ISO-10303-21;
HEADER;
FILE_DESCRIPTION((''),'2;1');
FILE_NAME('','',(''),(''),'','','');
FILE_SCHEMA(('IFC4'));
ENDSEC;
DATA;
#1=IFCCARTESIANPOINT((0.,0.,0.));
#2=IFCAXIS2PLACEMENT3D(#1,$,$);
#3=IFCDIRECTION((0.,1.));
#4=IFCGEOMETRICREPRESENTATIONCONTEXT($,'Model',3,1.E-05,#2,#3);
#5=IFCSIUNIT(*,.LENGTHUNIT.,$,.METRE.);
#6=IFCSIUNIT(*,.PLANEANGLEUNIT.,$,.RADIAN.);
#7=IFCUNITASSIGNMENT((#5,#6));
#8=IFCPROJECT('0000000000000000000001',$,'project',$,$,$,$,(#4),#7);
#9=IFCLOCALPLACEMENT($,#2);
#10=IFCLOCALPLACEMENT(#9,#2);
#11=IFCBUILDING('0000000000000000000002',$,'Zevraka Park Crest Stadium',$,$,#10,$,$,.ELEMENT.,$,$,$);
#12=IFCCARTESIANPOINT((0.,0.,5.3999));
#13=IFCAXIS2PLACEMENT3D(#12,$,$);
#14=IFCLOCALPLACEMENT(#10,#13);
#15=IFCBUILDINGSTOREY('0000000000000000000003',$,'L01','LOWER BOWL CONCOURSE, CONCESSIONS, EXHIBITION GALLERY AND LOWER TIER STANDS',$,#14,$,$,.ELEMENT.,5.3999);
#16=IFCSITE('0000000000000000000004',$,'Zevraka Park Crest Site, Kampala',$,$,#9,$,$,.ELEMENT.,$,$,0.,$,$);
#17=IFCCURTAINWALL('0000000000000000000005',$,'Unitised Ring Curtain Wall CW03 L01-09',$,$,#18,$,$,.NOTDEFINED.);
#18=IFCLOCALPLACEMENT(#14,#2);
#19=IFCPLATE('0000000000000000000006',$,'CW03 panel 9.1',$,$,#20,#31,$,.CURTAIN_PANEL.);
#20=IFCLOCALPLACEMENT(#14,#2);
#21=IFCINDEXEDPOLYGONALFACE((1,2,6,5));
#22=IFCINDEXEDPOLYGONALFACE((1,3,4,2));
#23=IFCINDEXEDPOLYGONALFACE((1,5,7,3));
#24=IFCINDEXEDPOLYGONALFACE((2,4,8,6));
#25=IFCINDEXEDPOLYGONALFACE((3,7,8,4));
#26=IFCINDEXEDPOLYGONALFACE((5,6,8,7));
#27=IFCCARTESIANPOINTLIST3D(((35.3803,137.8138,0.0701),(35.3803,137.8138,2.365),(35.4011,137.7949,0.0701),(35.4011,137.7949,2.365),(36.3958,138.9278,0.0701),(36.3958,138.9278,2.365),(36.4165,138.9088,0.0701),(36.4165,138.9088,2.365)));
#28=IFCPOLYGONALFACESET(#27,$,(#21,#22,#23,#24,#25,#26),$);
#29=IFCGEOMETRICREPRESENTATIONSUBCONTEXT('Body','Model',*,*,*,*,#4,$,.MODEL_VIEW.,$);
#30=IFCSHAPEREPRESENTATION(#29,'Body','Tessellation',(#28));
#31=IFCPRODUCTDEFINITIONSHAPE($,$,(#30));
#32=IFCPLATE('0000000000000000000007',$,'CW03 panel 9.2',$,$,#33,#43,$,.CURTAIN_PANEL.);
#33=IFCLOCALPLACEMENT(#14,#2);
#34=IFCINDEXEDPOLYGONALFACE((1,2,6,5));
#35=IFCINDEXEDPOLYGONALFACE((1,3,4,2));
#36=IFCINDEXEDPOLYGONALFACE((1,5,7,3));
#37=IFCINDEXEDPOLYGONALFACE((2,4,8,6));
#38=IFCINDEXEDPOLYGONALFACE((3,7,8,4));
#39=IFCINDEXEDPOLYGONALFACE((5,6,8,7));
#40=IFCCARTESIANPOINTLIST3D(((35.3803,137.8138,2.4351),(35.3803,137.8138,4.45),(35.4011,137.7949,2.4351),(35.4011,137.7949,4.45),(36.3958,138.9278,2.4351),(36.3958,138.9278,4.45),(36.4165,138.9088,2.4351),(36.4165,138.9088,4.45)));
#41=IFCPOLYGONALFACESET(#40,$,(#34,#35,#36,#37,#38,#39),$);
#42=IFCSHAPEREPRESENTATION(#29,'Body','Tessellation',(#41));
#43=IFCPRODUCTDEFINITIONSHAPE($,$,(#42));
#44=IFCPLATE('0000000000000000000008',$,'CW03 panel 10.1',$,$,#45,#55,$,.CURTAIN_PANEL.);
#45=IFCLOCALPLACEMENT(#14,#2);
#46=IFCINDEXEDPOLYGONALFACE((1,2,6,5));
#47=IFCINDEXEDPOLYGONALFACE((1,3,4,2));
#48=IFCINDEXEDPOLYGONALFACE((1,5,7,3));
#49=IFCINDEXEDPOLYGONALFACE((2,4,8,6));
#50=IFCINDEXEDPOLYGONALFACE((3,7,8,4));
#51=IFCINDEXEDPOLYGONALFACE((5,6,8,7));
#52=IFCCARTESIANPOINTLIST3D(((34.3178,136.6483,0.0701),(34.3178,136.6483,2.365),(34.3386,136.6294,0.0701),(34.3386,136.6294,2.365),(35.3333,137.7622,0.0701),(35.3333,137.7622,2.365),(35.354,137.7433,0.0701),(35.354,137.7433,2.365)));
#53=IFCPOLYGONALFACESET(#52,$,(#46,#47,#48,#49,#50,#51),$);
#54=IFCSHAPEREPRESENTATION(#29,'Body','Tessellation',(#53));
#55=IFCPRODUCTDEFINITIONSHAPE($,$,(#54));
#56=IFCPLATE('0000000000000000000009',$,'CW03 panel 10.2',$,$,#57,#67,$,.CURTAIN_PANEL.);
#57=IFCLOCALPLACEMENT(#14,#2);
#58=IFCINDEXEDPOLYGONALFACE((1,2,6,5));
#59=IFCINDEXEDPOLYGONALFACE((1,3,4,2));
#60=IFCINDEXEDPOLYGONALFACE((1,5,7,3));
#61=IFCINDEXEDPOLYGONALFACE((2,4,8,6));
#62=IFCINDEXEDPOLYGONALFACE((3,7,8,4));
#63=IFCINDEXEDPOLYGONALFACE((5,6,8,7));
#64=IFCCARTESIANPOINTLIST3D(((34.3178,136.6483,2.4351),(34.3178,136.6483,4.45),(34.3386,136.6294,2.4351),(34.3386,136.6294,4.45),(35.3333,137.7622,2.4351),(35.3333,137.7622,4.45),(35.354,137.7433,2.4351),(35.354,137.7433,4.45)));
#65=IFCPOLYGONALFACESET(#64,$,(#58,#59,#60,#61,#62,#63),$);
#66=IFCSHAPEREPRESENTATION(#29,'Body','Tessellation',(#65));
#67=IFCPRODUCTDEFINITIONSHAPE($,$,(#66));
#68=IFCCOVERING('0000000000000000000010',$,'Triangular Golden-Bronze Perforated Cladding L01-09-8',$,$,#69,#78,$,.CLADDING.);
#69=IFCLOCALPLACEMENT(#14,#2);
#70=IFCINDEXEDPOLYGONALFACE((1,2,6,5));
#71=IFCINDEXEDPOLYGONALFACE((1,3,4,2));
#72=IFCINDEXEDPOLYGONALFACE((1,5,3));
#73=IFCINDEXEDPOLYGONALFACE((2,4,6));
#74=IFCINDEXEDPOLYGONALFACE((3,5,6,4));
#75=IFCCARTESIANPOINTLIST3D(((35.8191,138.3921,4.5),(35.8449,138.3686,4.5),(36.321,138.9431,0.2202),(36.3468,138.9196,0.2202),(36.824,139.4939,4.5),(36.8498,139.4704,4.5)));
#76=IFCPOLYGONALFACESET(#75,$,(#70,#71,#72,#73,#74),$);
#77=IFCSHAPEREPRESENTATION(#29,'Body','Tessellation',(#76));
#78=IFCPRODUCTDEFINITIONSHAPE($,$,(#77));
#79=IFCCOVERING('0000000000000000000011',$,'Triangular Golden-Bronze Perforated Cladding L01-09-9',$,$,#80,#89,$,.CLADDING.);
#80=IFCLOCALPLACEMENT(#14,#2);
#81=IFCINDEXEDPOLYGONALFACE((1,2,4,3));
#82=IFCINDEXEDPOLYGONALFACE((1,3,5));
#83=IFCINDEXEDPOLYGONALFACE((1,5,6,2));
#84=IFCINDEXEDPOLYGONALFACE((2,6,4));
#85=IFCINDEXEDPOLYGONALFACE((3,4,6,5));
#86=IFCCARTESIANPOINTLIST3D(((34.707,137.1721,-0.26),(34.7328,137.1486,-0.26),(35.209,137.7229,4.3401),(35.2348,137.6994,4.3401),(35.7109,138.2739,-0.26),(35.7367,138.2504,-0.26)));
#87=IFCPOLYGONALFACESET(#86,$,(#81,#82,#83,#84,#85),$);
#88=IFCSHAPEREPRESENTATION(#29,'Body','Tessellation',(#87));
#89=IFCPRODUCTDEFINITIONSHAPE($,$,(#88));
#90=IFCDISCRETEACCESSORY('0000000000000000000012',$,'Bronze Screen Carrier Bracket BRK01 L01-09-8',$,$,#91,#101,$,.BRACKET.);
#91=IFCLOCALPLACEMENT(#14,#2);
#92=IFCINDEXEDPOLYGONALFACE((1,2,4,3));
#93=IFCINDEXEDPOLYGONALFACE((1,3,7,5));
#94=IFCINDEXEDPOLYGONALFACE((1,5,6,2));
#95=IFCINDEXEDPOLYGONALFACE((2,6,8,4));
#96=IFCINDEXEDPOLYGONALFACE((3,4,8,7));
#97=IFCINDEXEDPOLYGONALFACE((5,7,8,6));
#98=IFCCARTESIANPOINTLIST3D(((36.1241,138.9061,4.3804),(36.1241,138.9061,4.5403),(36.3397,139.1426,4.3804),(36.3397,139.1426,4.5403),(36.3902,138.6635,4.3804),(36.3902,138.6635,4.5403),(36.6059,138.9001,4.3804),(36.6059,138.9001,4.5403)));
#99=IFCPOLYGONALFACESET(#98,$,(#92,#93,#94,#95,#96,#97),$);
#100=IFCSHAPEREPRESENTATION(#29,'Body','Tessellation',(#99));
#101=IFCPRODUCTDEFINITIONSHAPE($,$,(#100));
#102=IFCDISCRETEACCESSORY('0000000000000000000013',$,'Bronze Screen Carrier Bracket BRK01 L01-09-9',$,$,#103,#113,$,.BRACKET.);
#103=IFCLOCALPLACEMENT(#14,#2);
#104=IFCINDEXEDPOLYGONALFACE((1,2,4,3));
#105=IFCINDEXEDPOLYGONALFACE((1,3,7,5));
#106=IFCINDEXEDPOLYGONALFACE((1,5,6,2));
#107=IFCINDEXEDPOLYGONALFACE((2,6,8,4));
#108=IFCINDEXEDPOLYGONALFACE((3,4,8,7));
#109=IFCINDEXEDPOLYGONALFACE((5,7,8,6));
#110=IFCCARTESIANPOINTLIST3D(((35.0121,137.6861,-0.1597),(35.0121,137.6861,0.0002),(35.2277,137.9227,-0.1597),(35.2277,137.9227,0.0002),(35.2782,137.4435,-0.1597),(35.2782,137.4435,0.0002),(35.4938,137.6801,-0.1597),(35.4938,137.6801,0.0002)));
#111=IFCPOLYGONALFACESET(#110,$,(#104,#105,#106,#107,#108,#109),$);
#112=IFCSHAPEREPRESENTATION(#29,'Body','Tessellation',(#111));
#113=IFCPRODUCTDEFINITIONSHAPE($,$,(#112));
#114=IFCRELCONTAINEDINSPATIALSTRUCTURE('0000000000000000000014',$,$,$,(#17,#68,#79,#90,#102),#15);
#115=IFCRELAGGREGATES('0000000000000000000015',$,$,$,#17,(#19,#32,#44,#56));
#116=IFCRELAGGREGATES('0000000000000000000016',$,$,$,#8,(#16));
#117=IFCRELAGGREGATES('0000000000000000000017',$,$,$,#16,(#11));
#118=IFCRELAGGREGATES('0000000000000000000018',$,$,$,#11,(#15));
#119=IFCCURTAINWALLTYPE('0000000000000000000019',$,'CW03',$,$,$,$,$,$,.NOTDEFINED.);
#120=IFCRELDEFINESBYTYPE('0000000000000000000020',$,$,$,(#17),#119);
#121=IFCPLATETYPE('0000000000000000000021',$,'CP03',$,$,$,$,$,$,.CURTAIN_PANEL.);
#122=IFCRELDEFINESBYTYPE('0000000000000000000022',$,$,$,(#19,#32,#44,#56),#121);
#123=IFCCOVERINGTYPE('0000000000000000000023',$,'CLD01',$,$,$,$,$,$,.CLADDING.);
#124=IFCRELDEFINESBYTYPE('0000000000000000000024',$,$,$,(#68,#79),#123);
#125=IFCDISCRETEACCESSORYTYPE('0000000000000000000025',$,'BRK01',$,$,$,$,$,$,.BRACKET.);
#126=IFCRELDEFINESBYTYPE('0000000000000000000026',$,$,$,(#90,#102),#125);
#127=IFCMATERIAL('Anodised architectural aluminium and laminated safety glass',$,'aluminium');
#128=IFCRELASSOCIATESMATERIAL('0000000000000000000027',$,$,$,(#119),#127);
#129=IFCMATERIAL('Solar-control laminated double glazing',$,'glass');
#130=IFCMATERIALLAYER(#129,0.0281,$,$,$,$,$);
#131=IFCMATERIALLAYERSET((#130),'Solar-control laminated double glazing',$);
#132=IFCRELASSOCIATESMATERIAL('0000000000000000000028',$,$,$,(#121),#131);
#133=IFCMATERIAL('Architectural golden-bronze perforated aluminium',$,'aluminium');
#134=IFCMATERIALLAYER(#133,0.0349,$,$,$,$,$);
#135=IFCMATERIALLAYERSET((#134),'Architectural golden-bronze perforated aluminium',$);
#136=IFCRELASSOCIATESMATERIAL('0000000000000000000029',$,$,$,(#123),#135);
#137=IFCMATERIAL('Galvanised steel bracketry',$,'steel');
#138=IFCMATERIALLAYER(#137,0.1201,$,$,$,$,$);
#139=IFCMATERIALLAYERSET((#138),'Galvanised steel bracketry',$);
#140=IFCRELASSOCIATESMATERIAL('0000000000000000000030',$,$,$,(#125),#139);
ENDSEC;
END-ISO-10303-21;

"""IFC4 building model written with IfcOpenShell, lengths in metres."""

from ifc_helpers import new_model, si_unit, direction, frame, origin, origin_2d, place, context, subcontext, project, spatial, polyline, rectangle, outline, extrude, material, layer, layer_set, type_object, element, aggregate, save


model = new_model("IFC4")

# Units and contexts
model_context = context("Model", 3, precision=1e-05, world=origin(), true_north=direction((0.0, 1.0)))
body_context = subcontext(model_context, "Body", "Model", "MODEL_VIEW")
ifc_project = project(units=[si_unit("LENGTHUNIT", "METRE"), si_unit("PLANEANGLEUNIT", "RADIAN")], contexts=[model_context])

# Site, building, storey
site_placement = place(None, origin())
site = spatial("IfcSite", under=ifc_project, at=site_placement, Name="Zevraka Park Crest Site, Kampala", CompositionType="ELEMENT", RefElevation=0.0)
building_placement = place(site_placement, origin())
building = spatial("IfcBuilding", under=site, at=building_placement, Name="Zevraka Park Crest Stadium", CompositionType="ELEMENT")
storey_placement = place(building_placement, frame((0.0, 0.0, 5.3999)))
storey = spatial("IfcBuildingStorey", under=building, at=storey_placement, Name="L01", Description="LOWER BOWL CONCOURSE, CONCESSIONS, EXHIBITION GALLERY AND LOWER TIER STANDS", CompositionType="ELEMENT", Elevation=5.3999)

# Curtain wall, plates
ifc_material_1 = material(Name="Anodised architectural aluminium and laminated safety glass", Category="aluminium")
curtain_wall_type = type_object("IfcCurtainWallType", Name="CW03", PredefinedType="NOTDEFINED", material=ifc_material_1)
curtain_wall_placement = place(storey_placement, origin())
curtain_wall = element("IfcCurtainWall", 1, at=curtain_wall_placement, inside=storey, type_object=curtain_wall_type, Name="Unitised Ring Curtain Wall CW03 L01-09", PredefinedType="NOTDEFINED")
ifc_material_2 = material(Name="Solar-control laminated double glazing", Category="glass")
ifc_layer_1 = layer(ifc_material_2, 0.0281)
ifc_layer_set_1 = layer_set([ifc_layer_1], Name="Solar-control laminated double glazing")
plate_type = type_object("IfcPlateType", Name="CP03", PredefinedType="CURTAIN_PANEL", material=ifc_layer_set_1)
plate_1_placement = place(storey_placement, frame((35.8984, 138.3613, 0.0701), z_axis=(0.0, 0.0, 1.0), x_axis=(-0.67368, -0.739023, 0.0)))
plate_1 = element("IfcPlate", 2, at=plate_1_placement, type_object=plate_type, Name="CW03 panel 9.1", PredefinedType="CURTAIN_PANEL", context=body_context, shape_type="SweptSolid", body=[
    extrude(rectangle(XDim=1.5073, YDim=0.0281, at=origin_2d()), origin(), (0.0, 0.0, 1.0), 2.2949),
])
plate_2_placement = place(storey_placement, frame((35.8984, 138.3613, 2.4351), z_axis=(0.0, 0.0, 1.0), x_axis=(-0.67368, -0.739023, 0.0)))
plate_2 = element("IfcPlate", 3, at=plate_2_placement, type_object=plate_type, Name="CW03 panel 9.2", PredefinedType="CURTAIN_PANEL", context=body_context, shape_type="SweptSolid", body=[
    extrude(rectangle(XDim=1.5073, YDim=0.0281, at=origin_2d()), origin(), (0.0, 0.0, 1.0), 2.0149),
])
plate_3_placement = place(storey_placement, frame((34.8359, 137.1958, 0.0701), z_axis=(0.0, 0.0, 1.0), x_axis=(-0.67368, -0.739023, 0.0)))
plate_3 = element("IfcPlate", 4, at=plate_3_placement, type_object=plate_type, Name="CW03 panel 10.1", PredefinedType="CURTAIN_PANEL", context=body_context, shape_type="SweptSolid", body=[
    extrude(rectangle(XDim=1.5073, YDim=0.0281, at=origin_2d()), origin(), (0.0, 0.0, 1.0), 2.2949),
])
plate_4_placement = place(storey_placement, frame((34.8359, 137.1958, 2.4351), z_axis=(0.0, 0.0, 1.0), x_axis=(-0.67368, -0.739023, 0.0)))
plate_4 = element("IfcPlate", 5, at=plate_4_placement, type_object=plate_type, Name="CW03 panel 10.2", PredefinedType="CURTAIN_PANEL", context=body_context, shape_type="SweptSolid", body=[
    extrude(rectangle(XDim=1.5073, YDim=0.0281, at=origin_2d()), origin(), (0.0, 0.0, 1.0), 2.0149),
])
aggregate(curtain_wall, [plate_1, plate_2, plate_3, plate_4])

# Coverings
ifc_material_3 = material(Name="Architectural golden-bronze perforated aluminium", Category="aluminium")
ifc_layer_2 = layer(ifc_material_3, 0.0349)
ifc_layer_set_2 = layer_set([ifc_layer_2], Name="Architectural golden-bronze perforated aluminium")
covering_type = type_object("IfcCoveringType", Name="CLD01", PredefinedType="CLADDING", material=ifc_layer_set_2)
covering_1_placement = place(storey_placement, frame((35.8191, 138.3921, 4.5), z_axis=(-0.738858, 0.673862, 0.000104), x_axis=(0.673862, 0.738858, 0.0)))
element("IfcCovering", 6, at=covering_1_placement, inside=storey, type_object=covering_type, Name="Triangular Golden-Bronze Perforated Cladding L01-09-8", PredefinedType="CLADDING", context=body_context, shape_type="SweptSolid", body=[
    extrude(outline(polyline([(0.0, 0.0), (1.4912, 0.0), (0.7454, 4.2798), (0.0, 0.0)])), origin(), (0.0, 0.0, -1.0), 0.0349),
])
covering_2_placement = place(storey_placement, frame((35.7109, 138.2739, -0.26), z_axis=(-0.739184, 0.673504, 0.000018), x_axis=(-0.673504, -0.739184, 0.0)))
element("IfcCovering", 7, at=covering_2_placement, inside=storey, type_object=covering_type, Name="Triangular Golden-Bronze Perforated Cladding L01-09-9", PredefinedType="CLADDING", context=body_context, shape_type="SweptSolid", body=[
    extrude(outline(polyline([(0.0, 0.0), (1.4906, 0.0), (0.7454, 4.6001), (0.0, 0.0)])), origin(), (0.0, 0.0, -1.0), 0.0349),
])

# Discrete accessories
ifc_material_4 = material(Name="Galvanised steel bracketry", Category="steel")
ifc_layer_3 = layer(ifc_material_4, 0.1201)
ifc_layer_set_3 = layer_set([ifc_layer_3], Name="Galvanised steel bracketry")
discrete_accessory_type = type_object("IfcDiscreteAccessoryType", Name="BRK01", PredefinedType="BRACKET", material=ifc_layer_set_3)
for number, where, z_axis, x_axis, name in (
    (8, (36.365, 138.9031, 4.3804), (0.0, 0.0, 1.0), (-0.673658, -0.739043, 0.0), "Bronze Screen Carrier Bracket BRK01 L01-09-8"),
    (9, (35.2529, 137.6831, -0.1597), (0.0, 0.0, 1.0), (-0.673658, -0.739043, 0.0), "Bronze Screen Carrier Bracket BRK01 L01-09-9"),
):
    element("IfcDiscreteAccessory", number, at=place(storey_placement, frame(where, z_axis=z_axis, x_axis=x_axis)), inside=storey, type_object=discrete_accessory_type, Name=name, PredefinedType="BRACKET", context=body_context, shape_type="SweptSolid", body=[
        extrude(rectangle(XDim=0.3201, YDim=0.3601, at=origin_2d()), origin(), (0.0, 0.0, 1.0), 0.1599),
    ])

save(model, "model.ifc")
